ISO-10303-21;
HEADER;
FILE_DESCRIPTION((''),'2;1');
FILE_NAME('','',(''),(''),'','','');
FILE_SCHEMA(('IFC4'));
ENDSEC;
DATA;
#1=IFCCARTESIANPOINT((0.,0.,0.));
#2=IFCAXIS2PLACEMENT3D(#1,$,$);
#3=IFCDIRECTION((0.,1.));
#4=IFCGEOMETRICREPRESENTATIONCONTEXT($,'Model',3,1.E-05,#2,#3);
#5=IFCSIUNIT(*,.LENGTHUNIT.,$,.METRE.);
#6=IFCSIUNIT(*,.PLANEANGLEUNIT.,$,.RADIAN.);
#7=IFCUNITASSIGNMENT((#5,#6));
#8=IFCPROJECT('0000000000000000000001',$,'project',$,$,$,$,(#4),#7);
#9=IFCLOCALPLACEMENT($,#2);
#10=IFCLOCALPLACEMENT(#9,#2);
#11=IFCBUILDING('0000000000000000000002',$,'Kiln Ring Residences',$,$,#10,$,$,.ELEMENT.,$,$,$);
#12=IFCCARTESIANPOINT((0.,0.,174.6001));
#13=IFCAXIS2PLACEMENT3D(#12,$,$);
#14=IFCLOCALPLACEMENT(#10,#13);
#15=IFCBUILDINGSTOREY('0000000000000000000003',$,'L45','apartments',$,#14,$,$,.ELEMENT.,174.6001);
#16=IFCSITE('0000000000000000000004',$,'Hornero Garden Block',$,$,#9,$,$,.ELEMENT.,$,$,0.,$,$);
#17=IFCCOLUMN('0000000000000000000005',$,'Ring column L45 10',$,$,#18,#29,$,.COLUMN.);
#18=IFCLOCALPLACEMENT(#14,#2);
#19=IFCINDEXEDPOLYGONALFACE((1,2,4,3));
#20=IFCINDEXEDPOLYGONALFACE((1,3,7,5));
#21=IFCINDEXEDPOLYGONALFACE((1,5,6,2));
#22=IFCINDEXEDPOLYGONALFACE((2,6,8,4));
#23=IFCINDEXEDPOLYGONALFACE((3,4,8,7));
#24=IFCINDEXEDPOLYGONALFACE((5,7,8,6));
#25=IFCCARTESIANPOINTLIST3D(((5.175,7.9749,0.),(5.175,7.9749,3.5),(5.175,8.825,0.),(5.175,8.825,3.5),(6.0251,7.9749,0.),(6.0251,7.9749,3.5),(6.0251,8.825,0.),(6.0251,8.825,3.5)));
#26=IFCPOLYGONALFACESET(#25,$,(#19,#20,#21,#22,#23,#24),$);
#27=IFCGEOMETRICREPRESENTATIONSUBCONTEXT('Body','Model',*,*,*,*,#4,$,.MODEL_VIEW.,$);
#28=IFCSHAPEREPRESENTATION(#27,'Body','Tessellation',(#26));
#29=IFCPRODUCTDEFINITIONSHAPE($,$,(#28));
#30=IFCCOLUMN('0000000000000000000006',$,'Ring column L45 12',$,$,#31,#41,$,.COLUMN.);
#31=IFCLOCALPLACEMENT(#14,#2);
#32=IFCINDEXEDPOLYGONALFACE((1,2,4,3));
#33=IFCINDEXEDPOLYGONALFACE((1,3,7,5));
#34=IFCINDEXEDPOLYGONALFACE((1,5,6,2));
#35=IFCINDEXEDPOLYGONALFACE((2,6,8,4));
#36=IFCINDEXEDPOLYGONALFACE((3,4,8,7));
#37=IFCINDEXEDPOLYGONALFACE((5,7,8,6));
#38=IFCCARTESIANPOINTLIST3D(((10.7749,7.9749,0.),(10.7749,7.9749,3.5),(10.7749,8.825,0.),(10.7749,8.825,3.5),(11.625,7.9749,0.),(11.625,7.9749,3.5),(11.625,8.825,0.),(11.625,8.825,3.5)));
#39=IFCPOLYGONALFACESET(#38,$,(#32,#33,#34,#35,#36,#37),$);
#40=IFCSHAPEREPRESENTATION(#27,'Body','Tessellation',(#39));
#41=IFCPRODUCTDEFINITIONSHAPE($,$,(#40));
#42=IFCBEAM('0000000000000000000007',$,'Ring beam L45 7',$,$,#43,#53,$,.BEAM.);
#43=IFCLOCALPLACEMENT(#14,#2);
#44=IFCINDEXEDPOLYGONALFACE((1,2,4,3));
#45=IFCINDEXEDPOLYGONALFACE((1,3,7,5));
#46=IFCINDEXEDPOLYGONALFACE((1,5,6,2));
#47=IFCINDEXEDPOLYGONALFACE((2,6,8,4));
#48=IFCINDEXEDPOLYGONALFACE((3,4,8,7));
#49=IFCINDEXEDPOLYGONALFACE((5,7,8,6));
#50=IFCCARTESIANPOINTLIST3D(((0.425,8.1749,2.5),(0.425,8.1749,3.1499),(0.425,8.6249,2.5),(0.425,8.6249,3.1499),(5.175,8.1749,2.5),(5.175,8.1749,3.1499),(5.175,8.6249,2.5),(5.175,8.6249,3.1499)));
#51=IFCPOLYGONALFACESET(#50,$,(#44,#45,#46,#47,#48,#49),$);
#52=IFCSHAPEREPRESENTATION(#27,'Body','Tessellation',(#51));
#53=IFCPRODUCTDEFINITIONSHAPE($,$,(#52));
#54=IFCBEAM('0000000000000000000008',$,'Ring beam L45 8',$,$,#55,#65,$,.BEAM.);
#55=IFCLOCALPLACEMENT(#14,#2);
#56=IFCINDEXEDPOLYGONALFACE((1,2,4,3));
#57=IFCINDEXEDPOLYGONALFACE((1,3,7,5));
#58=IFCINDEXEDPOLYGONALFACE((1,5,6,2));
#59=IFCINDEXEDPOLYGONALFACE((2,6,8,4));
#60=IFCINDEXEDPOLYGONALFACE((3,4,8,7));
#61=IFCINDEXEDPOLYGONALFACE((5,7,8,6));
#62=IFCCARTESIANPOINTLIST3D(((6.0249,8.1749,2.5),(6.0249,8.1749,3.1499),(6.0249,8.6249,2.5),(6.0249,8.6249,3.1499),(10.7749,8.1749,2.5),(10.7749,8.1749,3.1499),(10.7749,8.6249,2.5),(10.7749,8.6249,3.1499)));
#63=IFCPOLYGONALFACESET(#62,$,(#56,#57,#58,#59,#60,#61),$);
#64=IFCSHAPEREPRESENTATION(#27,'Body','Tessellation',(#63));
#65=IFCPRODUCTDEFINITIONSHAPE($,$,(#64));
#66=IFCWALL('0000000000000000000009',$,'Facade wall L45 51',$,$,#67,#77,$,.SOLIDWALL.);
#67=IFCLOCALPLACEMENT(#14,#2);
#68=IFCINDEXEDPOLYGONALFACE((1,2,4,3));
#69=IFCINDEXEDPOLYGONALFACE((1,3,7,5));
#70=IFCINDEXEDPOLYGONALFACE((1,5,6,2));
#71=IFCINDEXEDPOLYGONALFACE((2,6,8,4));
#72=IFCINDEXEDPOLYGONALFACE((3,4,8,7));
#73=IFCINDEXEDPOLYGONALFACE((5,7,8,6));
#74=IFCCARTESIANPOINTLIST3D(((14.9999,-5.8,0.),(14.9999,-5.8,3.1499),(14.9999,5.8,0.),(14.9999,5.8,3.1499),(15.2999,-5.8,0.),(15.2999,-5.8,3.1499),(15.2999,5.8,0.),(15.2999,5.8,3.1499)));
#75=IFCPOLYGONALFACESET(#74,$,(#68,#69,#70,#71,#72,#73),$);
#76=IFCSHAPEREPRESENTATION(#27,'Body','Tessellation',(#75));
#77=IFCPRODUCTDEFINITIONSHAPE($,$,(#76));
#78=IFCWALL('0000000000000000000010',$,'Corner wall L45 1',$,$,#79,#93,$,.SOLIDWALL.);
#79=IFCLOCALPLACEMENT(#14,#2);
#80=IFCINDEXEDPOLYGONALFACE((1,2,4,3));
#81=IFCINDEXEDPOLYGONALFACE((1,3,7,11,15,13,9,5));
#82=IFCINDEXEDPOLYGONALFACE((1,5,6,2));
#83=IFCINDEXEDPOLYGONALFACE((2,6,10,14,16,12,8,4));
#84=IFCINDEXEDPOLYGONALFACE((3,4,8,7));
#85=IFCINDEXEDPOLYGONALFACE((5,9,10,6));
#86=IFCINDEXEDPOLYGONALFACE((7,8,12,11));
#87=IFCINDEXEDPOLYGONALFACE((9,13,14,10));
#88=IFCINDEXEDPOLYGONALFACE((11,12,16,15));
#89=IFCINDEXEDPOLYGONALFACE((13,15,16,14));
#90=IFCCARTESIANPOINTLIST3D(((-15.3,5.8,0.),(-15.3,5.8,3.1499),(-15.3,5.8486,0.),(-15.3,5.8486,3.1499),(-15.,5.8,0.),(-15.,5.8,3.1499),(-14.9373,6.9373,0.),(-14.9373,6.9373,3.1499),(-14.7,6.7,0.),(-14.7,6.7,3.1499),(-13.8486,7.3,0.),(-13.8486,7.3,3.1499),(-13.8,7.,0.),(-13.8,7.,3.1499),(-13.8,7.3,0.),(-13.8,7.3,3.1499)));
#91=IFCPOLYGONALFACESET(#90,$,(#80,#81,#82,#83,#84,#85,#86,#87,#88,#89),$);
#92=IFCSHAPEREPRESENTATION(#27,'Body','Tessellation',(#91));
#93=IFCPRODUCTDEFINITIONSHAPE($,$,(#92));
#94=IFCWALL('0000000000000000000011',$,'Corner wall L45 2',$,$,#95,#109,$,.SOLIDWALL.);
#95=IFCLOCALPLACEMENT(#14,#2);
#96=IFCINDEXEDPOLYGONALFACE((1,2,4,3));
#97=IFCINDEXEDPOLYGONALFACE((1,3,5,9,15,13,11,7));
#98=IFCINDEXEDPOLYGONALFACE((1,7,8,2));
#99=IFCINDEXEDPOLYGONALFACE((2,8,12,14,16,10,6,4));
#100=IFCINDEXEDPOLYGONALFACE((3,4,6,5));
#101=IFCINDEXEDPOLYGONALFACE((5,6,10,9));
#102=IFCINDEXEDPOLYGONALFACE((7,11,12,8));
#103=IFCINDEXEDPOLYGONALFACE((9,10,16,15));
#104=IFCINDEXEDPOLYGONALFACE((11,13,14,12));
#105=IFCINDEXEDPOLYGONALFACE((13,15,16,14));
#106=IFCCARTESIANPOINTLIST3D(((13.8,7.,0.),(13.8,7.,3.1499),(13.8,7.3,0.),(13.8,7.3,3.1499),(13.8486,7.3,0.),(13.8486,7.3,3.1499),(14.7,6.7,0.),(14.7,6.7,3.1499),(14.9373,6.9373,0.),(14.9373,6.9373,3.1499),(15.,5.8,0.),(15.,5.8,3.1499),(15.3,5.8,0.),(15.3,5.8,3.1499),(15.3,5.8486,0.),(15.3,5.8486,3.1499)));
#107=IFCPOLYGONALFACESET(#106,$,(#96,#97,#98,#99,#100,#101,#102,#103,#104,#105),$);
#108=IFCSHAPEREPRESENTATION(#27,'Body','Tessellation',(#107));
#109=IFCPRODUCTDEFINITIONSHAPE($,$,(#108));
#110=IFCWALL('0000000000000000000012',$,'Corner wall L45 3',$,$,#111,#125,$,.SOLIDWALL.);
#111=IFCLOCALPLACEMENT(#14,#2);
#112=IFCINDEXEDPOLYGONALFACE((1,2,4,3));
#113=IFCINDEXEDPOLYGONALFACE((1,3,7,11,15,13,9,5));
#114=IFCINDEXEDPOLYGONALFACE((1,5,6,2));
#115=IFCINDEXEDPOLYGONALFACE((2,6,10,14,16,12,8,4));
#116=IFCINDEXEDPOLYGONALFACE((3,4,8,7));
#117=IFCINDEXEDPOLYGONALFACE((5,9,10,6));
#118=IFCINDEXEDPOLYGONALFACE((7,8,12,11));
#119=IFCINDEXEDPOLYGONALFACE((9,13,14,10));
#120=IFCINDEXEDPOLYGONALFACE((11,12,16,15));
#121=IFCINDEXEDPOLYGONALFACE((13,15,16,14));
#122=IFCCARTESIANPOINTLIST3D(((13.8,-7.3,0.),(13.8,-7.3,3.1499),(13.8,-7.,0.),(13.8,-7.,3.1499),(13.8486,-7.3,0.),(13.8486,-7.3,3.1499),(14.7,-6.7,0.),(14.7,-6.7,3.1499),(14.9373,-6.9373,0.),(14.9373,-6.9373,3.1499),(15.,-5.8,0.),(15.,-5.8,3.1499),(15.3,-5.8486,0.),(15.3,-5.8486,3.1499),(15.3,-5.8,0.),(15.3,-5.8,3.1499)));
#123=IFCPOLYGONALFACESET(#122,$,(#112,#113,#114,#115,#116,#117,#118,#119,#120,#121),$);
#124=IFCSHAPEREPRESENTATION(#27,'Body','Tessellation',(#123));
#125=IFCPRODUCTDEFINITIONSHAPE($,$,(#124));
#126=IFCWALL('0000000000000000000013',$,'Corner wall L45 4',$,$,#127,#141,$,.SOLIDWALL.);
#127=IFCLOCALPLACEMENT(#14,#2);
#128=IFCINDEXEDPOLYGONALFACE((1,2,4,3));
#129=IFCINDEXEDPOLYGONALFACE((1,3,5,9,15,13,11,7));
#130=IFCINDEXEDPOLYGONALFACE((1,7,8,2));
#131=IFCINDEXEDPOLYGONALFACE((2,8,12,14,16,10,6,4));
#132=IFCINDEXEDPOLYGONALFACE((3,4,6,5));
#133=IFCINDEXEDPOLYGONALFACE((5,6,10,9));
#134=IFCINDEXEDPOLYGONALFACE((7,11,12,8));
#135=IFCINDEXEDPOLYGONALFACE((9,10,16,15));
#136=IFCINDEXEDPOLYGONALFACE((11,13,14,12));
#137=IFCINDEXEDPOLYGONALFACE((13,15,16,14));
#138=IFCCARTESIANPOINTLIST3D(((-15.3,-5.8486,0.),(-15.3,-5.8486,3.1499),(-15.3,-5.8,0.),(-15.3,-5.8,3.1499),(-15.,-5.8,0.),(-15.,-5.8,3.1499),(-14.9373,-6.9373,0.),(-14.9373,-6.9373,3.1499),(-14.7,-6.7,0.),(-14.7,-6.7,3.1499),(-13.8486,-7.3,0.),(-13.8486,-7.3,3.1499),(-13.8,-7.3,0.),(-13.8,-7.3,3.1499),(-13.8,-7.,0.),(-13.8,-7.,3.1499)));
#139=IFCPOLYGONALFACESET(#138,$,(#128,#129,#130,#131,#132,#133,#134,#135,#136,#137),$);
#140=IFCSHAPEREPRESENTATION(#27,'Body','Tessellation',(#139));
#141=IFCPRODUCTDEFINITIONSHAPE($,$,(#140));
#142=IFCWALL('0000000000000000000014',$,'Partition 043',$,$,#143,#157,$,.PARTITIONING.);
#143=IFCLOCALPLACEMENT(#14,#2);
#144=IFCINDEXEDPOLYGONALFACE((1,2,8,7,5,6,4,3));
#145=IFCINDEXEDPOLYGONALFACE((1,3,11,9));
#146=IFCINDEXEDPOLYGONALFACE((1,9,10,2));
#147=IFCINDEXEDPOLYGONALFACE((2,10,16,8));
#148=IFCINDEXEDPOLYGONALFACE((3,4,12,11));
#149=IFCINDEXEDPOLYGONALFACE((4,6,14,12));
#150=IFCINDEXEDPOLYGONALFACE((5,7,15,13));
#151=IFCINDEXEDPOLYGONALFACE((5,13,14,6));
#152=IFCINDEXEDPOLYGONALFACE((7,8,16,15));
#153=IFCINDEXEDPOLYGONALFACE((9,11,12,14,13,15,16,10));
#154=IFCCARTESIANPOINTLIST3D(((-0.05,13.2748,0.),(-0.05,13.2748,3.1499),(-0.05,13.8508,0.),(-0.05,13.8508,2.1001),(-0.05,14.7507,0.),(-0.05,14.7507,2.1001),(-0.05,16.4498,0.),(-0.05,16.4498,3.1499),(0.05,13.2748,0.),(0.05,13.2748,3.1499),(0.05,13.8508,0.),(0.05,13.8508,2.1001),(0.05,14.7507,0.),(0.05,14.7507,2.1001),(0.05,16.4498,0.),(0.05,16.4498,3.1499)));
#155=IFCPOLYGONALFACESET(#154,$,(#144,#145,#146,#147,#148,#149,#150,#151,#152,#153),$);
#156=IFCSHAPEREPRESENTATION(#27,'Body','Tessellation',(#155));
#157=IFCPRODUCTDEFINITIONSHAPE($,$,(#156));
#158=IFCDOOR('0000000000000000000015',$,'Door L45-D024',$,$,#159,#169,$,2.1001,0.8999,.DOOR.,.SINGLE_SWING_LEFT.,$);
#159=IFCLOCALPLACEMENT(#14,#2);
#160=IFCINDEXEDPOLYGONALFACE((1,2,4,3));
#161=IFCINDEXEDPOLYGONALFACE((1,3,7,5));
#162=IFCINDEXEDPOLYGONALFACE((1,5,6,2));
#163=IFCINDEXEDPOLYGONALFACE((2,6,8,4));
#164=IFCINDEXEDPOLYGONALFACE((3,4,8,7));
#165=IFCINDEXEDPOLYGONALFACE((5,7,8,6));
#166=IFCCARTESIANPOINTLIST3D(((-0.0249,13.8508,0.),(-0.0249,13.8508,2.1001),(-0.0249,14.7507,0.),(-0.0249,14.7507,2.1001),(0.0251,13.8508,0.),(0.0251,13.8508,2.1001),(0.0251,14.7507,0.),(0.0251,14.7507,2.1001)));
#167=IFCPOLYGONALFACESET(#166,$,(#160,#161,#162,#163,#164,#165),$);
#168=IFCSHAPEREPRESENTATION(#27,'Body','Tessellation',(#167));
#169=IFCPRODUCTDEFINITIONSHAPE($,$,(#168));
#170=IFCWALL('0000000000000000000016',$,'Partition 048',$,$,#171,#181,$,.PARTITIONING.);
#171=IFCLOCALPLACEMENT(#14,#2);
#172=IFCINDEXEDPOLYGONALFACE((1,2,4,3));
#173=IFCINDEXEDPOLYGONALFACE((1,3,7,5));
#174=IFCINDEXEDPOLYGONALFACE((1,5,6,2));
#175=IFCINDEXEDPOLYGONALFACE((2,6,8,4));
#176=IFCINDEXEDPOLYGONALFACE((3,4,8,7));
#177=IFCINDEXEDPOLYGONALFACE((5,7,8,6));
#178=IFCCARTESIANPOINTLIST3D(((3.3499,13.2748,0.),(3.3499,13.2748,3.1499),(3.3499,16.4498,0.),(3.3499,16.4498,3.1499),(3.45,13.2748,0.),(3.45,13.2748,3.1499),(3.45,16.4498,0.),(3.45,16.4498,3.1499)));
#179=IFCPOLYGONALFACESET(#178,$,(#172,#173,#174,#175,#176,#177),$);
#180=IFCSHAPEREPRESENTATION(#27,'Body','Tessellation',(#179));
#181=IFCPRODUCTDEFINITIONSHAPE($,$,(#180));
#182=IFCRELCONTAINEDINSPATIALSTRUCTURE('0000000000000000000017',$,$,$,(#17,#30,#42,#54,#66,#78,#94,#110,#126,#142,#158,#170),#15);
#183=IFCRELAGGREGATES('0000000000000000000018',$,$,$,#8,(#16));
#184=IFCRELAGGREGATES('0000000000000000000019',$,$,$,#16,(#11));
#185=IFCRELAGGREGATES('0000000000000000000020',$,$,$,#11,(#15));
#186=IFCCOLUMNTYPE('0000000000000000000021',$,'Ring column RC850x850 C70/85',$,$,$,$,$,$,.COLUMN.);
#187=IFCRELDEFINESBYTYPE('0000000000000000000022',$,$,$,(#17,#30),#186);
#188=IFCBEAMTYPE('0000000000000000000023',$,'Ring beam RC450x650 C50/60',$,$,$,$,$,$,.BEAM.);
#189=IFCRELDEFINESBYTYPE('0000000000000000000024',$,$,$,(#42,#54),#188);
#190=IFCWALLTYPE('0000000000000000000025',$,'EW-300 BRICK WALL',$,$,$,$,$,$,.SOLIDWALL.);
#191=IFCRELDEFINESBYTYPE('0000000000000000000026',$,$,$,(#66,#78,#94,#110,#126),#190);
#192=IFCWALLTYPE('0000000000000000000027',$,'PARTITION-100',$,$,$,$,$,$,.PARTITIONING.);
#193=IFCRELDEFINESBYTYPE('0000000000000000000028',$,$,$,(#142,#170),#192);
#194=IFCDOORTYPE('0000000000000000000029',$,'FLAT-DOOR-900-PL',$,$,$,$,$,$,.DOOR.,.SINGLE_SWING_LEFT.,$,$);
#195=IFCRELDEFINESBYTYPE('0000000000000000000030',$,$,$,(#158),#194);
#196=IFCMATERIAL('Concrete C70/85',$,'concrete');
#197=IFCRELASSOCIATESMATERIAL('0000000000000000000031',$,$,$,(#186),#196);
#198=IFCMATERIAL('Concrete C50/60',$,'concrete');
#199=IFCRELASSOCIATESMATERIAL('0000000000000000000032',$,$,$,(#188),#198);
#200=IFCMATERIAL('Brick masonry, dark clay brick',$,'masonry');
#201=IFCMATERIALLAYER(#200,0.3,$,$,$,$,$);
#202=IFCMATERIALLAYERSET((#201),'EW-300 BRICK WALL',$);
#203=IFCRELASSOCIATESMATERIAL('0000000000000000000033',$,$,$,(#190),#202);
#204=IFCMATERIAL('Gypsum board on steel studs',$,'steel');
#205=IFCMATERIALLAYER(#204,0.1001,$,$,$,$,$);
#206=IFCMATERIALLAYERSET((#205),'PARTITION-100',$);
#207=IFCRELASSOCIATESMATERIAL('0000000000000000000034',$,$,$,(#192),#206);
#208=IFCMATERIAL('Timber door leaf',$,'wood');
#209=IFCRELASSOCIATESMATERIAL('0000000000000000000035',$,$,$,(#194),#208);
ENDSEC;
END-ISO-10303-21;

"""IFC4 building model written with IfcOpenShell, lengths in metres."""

from ifc_helpers import new_model, si_unit, direction, frame, frame_2d, origin, origin_2d, place, context, subcontext, project, spatial, polyline, rectangle, outline, extrude, material, layer, layer_set, material_profile, profile_set, type_object, element, fill, save


model = new_model("IFC4")

# Units and contexts
model_context = context("Model", 3, precision=1e-05, world=origin(), true_north=direction((0.0, 1.0)))
body_context = subcontext(model_context, "Body", "Model", "MODEL_VIEW")
ifc_project = project(units=[si_unit("LENGTHUNIT", "METRE"), si_unit("PLANEANGLEUNIT", "RADIAN")], contexts=[model_context])

# Site, building, storey
site_placement = place(None, origin())
site = spatial("IfcSite", under=ifc_project, at=site_placement, Name="Hornero Garden Block", CompositionType="ELEMENT", RefElevation=0.0)
building_placement = place(site_placement, origin())
building = spatial("IfcBuilding", under=site, at=building_placement, Name="Kiln Ring Residences", CompositionType="ELEMENT")
storey_placement = place(building_placement, frame((0.0, 0.0, 174.6001)))
storey = spatial("IfcBuildingStorey", under=building, at=storey_placement, Name="L45", Description="apartments", CompositionType="ELEMENT", Elevation=174.6001)

# Columns
ifc_material_1 = material(Name="Concrete C70/85", Category="concrete")
ifc_material_profile_1 = material_profile(ifc_material_1, rectangle(XDim=0.8501, YDim=0.8501, at=origin_2d()), Name="RC850x850")
ifc_profile_set_1 = profile_set([ifc_material_profile_1], Name="Concrete C70/85")
column_type = type_object("IfcColumnType", Name="Ring column RC850x850 C70/85", PredefinedType="COLUMN", material=ifc_profile_set_1)
for number, where, z_axis, x_axis, name in (
    (1, (5.6001, 8.3999, 0.0), (0.0, 0.0, 1.0), (1.0, 0.0, 0.0), "Ring column L45 10"),
    (2, (11.2, 8.3999, 0.0), (0.0, 0.0, 1.0), (1.0, 0.0, 0.0), "Ring column L45 12"),
):
    element("IfcColumn", number, at=place(storey_placement, frame(where, z_axis=z_axis, x_axis=x_axis)), inside=storey, type_object=column_type, Name=name, PredefinedType="COLUMN", context=body_context, shape_type="SweptSolid", body=[
        extrude(rectangle(XDim=0.8501, YDim=0.8501, at=origin_2d()), origin(), (0.0, 0.0, 1.0), 3.5),
    ])

# Beams
ifc_material_2 = material(Name="Concrete C50/60", Category="concrete")
ifc_material_profile_2 = material_profile(ifc_material_2, rectangle(XDim=0.45, YDim=0.6499, at=origin_2d()), Name="RC450x650")
ifc_profile_set_2 = profile_set([ifc_material_profile_2], Name="Concrete C50/60")
beam_type = type_object("IfcBeamType", Name="Ring beam RC450x650 C50/60", PredefinedType="BEAM", material=ifc_profile_set_2)
for number, where, z_axis, x_axis, name in (
    (3, (0.425, 8.3999, 2.825), (1.0, 0.0, 0.0), (0.0, 1.0, 0.0), "Ring beam L45 7"),
    (4, (6.0249, 8.3999, 2.825), (1.0, 0.0, 0.0), (0.0, 1.0, 0.0), "Ring beam L45 8"),
):
    element("IfcBeam", number, at=place(storey_placement, frame(where, z_axis=z_axis, x_axis=x_axis)), inside=storey, type_object=beam_type, Name=name, PredefinedType="BEAM", context=body_context, shape_type="SweptSolid", body=[
        extrude(rectangle(XDim=0.45, YDim=0.6499, at=origin_2d()), origin(), (0.0, 0.0, 1.0), 4.75),
    ])

# Walls
ifc_material_3 = material(Name="Brick masonry, dark clay brick", Category="masonry")
ifc_layer_1 = layer(ifc_material_3, 0.3)
ifc_layer_set_1 = layer_set([ifc_layer_1], Name="EW-300 BRICK WALL")
wall_type_1 = type_object("IfcWallType", Name="EW-300 BRICK WALL", PredefinedType="SOLIDWALL", material=ifc_layer_set_1)
wall_1_placement = place(storey_placement, frame((15.1499, 5.8, 0.0), z_axis=(0.0, 0.0, 1.0), x_axis=(0.0, -1.0, 0.0)))
element("IfcWall", 5, at=wall_1_placement, inside=storey, type_object=wall_type_1, Name="Facade wall L45 51", PredefinedType="SOLIDWALL", context=body_context, shape_type="SweptSolid", body=[
    extrude(rectangle(XDim=11.6001, YDim=0.3, at=frame_2d((5.8, 0.0))), origin(), (0.0, 0.0, 1.0), 3.1499),
])
placement = place(storey_placement, origin())
element("IfcWall", 6, at=placement, inside=storey, type_object=wall_type_1, Name="Corner wall L45 1", PredefinedType="SOLIDWALL", context=body_context, shape_type="SweptSolid", body=[
    extrude(outline(polyline([(-13.8486, 7.3), (-14.9373, 6.9373), (-15.3, 5.8486), (-15.3, 5.8), (-15.0, 5.8), (-14.7, 6.7), (-13.8, 7.0), (-13.8, 7.3), (-13.8486, 7.3)])), origin(), (0.0, 0.0, 1.0), 3.1499),
])
element("IfcWall", 7, at=placement, inside=storey, type_object=wall_type_1, Name="Corner wall L45 2", PredefinedType="SOLIDWALL", context=body_context, shape_type="SweptSolid", body=[
    extrude(outline(polyline([(14.9373, 6.9373), (13.8486, 7.3), (13.8, 7.3), (13.8, 7.0), (14.7, 6.7), (15.0, 5.8), (15.3, 5.8), (15.3, 5.8486), (14.9373, 6.9373)])), origin(), (0.0, 0.0, 1.0), 3.1499),
])
element("IfcWall", 8, at=placement, inside=storey, type_object=wall_type_1, Name="Corner wall L45 3", PredefinedType="SOLIDWALL", context=body_context, shape_type="SweptSolid", body=[
    extrude(outline(polyline([(14.9373, -6.9373), (15.3, -5.8486), (15.3, -5.8), (15.0, -5.8), (14.7, -6.7), (13.8, -7.0), (13.8, -7.3), (13.8486, -7.3), (14.9373, -6.9373)])), origin(), (0.0, 0.0, 1.0), 3.1499),
])
element("IfcWall", 9, at=placement, inside=storey, type_object=wall_type_1, Name="Corner wall L45 4", PredefinedType="SOLIDWALL", context=body_context, shape_type="SweptSolid", body=[
    extrude(outline(polyline([(-14.9373, -6.9373), (-13.8486, -7.3), (-13.8, -7.3), (-13.8, -7.0), (-14.7, -6.7), (-15.0, -5.8), (-15.3, -5.8), (-15.3, -5.8486), (-14.9373, -6.9373)])), origin(), (0.0, 0.0, 1.0), 3.1499),
])

# Wall, opening, door
ifc_material_4 = material(Name="Gypsum board on steel studs", Category="steel")
ifc_layer_2 = layer(ifc_material_4, 0.1001)
ifc_layer_set_2 = layer_set([ifc_layer_2], Name="PARTITION-100")
wall_type_2 = type_object("IfcWallType", Name="PARTITION-100", PredefinedType="PARTITIONING", material=ifc_layer_set_2)
wall_2_placement = place(storey_placement, frame((0.0, 13.2749, 0.0), z_axis=(0.0, 0.0, 1.0), x_axis=(0.0, 1.0, 0.0)))
wall_2 = element("IfcWall", 10, at=wall_2_placement, inside=storey, type_object=wall_type_2, Name="Partition 043", PredefinedType="PARTITIONING", context=body_context, shape_type="SweptSolid", body=[
    extrude(rectangle(XDim=3.175, YDim=0.1001, at=frame_2d((1.5874, 0.0))), origin(), (0.0, 0.0, 1.0), 3.1499),
])
opening_1_placement = place(wall_2_placement, frame((0.5759, 0.0, 0.0)))
opening_1 = element("IfcOpeningElement", 11, at=opening_1_placement, cuts=wall_2, PredefinedType="OPENING", context=body_context, shape_type="SweptSolid", body=[
    extrude(rectangle(XDim=0.8999, YDim=2.1001, at=frame_2d((0.45, 1.05))), frame((0.0, 0.0601, 0.0), z_axis=(0.0, -1.0, 0.0), x_axis=(1.0, 0.0, 0.0)), (0.0, 0.0, 1.0), 0.1201),
])
ifc_material_5 = material(Name="Timber door leaf", Category="wood")
door_type_1 = type_object("IfcDoorType", Name="FLAT-DOOR-900-PL", OperationType="SINGLE_SWING_LEFT", PredefinedType="DOOR", material=ifc_material_5)
door_1_placement = place(opening_1_placement, origin())
door_1 = element("IfcDoor", 12, at=door_1_placement, inside=storey, type_object=door_type_1, Name="Door L45-D024", OperationType="SINGLE_SWING_LEFT", OverallHeight=2.1001, OverallWidth=0.8999, PredefinedType="DOOR", context=body_context, shape_type="SweptSolid", body=[
    extrude(rectangle(XDim=0.8999, YDim=2.1001, at=frame_2d((0.45, 1.05))), frame((0.0, 0.0249, 0.0), z_axis=(0.0, -1.0, 0.0), x_axis=(1.0, 0.0, 0.0)), (0.0, 0.0, 1.0), 0.05),
])
fill(opening_1, door_1)

# Wall
wall_3_placement = place(storey_placement, frame((3.3999, 13.2749, 0.0), z_axis=(0.0, 0.0, 1.0), x_axis=(0.0, 1.0, 0.0)))
element("IfcWall", 13, at=wall_3_placement, inside=storey, type_object=wall_type_2, Name="Partition 048", PredefinedType="PARTITIONING", context=body_context, shape_type="SweptSolid", body=[
    extrude(rectangle(XDim=3.175, YDim=0.1001, at=frame_2d((1.5874, 0.0))), origin(), (0.0, 0.0, 1.0), 3.1499),
])

save(model, "model.ifc")
